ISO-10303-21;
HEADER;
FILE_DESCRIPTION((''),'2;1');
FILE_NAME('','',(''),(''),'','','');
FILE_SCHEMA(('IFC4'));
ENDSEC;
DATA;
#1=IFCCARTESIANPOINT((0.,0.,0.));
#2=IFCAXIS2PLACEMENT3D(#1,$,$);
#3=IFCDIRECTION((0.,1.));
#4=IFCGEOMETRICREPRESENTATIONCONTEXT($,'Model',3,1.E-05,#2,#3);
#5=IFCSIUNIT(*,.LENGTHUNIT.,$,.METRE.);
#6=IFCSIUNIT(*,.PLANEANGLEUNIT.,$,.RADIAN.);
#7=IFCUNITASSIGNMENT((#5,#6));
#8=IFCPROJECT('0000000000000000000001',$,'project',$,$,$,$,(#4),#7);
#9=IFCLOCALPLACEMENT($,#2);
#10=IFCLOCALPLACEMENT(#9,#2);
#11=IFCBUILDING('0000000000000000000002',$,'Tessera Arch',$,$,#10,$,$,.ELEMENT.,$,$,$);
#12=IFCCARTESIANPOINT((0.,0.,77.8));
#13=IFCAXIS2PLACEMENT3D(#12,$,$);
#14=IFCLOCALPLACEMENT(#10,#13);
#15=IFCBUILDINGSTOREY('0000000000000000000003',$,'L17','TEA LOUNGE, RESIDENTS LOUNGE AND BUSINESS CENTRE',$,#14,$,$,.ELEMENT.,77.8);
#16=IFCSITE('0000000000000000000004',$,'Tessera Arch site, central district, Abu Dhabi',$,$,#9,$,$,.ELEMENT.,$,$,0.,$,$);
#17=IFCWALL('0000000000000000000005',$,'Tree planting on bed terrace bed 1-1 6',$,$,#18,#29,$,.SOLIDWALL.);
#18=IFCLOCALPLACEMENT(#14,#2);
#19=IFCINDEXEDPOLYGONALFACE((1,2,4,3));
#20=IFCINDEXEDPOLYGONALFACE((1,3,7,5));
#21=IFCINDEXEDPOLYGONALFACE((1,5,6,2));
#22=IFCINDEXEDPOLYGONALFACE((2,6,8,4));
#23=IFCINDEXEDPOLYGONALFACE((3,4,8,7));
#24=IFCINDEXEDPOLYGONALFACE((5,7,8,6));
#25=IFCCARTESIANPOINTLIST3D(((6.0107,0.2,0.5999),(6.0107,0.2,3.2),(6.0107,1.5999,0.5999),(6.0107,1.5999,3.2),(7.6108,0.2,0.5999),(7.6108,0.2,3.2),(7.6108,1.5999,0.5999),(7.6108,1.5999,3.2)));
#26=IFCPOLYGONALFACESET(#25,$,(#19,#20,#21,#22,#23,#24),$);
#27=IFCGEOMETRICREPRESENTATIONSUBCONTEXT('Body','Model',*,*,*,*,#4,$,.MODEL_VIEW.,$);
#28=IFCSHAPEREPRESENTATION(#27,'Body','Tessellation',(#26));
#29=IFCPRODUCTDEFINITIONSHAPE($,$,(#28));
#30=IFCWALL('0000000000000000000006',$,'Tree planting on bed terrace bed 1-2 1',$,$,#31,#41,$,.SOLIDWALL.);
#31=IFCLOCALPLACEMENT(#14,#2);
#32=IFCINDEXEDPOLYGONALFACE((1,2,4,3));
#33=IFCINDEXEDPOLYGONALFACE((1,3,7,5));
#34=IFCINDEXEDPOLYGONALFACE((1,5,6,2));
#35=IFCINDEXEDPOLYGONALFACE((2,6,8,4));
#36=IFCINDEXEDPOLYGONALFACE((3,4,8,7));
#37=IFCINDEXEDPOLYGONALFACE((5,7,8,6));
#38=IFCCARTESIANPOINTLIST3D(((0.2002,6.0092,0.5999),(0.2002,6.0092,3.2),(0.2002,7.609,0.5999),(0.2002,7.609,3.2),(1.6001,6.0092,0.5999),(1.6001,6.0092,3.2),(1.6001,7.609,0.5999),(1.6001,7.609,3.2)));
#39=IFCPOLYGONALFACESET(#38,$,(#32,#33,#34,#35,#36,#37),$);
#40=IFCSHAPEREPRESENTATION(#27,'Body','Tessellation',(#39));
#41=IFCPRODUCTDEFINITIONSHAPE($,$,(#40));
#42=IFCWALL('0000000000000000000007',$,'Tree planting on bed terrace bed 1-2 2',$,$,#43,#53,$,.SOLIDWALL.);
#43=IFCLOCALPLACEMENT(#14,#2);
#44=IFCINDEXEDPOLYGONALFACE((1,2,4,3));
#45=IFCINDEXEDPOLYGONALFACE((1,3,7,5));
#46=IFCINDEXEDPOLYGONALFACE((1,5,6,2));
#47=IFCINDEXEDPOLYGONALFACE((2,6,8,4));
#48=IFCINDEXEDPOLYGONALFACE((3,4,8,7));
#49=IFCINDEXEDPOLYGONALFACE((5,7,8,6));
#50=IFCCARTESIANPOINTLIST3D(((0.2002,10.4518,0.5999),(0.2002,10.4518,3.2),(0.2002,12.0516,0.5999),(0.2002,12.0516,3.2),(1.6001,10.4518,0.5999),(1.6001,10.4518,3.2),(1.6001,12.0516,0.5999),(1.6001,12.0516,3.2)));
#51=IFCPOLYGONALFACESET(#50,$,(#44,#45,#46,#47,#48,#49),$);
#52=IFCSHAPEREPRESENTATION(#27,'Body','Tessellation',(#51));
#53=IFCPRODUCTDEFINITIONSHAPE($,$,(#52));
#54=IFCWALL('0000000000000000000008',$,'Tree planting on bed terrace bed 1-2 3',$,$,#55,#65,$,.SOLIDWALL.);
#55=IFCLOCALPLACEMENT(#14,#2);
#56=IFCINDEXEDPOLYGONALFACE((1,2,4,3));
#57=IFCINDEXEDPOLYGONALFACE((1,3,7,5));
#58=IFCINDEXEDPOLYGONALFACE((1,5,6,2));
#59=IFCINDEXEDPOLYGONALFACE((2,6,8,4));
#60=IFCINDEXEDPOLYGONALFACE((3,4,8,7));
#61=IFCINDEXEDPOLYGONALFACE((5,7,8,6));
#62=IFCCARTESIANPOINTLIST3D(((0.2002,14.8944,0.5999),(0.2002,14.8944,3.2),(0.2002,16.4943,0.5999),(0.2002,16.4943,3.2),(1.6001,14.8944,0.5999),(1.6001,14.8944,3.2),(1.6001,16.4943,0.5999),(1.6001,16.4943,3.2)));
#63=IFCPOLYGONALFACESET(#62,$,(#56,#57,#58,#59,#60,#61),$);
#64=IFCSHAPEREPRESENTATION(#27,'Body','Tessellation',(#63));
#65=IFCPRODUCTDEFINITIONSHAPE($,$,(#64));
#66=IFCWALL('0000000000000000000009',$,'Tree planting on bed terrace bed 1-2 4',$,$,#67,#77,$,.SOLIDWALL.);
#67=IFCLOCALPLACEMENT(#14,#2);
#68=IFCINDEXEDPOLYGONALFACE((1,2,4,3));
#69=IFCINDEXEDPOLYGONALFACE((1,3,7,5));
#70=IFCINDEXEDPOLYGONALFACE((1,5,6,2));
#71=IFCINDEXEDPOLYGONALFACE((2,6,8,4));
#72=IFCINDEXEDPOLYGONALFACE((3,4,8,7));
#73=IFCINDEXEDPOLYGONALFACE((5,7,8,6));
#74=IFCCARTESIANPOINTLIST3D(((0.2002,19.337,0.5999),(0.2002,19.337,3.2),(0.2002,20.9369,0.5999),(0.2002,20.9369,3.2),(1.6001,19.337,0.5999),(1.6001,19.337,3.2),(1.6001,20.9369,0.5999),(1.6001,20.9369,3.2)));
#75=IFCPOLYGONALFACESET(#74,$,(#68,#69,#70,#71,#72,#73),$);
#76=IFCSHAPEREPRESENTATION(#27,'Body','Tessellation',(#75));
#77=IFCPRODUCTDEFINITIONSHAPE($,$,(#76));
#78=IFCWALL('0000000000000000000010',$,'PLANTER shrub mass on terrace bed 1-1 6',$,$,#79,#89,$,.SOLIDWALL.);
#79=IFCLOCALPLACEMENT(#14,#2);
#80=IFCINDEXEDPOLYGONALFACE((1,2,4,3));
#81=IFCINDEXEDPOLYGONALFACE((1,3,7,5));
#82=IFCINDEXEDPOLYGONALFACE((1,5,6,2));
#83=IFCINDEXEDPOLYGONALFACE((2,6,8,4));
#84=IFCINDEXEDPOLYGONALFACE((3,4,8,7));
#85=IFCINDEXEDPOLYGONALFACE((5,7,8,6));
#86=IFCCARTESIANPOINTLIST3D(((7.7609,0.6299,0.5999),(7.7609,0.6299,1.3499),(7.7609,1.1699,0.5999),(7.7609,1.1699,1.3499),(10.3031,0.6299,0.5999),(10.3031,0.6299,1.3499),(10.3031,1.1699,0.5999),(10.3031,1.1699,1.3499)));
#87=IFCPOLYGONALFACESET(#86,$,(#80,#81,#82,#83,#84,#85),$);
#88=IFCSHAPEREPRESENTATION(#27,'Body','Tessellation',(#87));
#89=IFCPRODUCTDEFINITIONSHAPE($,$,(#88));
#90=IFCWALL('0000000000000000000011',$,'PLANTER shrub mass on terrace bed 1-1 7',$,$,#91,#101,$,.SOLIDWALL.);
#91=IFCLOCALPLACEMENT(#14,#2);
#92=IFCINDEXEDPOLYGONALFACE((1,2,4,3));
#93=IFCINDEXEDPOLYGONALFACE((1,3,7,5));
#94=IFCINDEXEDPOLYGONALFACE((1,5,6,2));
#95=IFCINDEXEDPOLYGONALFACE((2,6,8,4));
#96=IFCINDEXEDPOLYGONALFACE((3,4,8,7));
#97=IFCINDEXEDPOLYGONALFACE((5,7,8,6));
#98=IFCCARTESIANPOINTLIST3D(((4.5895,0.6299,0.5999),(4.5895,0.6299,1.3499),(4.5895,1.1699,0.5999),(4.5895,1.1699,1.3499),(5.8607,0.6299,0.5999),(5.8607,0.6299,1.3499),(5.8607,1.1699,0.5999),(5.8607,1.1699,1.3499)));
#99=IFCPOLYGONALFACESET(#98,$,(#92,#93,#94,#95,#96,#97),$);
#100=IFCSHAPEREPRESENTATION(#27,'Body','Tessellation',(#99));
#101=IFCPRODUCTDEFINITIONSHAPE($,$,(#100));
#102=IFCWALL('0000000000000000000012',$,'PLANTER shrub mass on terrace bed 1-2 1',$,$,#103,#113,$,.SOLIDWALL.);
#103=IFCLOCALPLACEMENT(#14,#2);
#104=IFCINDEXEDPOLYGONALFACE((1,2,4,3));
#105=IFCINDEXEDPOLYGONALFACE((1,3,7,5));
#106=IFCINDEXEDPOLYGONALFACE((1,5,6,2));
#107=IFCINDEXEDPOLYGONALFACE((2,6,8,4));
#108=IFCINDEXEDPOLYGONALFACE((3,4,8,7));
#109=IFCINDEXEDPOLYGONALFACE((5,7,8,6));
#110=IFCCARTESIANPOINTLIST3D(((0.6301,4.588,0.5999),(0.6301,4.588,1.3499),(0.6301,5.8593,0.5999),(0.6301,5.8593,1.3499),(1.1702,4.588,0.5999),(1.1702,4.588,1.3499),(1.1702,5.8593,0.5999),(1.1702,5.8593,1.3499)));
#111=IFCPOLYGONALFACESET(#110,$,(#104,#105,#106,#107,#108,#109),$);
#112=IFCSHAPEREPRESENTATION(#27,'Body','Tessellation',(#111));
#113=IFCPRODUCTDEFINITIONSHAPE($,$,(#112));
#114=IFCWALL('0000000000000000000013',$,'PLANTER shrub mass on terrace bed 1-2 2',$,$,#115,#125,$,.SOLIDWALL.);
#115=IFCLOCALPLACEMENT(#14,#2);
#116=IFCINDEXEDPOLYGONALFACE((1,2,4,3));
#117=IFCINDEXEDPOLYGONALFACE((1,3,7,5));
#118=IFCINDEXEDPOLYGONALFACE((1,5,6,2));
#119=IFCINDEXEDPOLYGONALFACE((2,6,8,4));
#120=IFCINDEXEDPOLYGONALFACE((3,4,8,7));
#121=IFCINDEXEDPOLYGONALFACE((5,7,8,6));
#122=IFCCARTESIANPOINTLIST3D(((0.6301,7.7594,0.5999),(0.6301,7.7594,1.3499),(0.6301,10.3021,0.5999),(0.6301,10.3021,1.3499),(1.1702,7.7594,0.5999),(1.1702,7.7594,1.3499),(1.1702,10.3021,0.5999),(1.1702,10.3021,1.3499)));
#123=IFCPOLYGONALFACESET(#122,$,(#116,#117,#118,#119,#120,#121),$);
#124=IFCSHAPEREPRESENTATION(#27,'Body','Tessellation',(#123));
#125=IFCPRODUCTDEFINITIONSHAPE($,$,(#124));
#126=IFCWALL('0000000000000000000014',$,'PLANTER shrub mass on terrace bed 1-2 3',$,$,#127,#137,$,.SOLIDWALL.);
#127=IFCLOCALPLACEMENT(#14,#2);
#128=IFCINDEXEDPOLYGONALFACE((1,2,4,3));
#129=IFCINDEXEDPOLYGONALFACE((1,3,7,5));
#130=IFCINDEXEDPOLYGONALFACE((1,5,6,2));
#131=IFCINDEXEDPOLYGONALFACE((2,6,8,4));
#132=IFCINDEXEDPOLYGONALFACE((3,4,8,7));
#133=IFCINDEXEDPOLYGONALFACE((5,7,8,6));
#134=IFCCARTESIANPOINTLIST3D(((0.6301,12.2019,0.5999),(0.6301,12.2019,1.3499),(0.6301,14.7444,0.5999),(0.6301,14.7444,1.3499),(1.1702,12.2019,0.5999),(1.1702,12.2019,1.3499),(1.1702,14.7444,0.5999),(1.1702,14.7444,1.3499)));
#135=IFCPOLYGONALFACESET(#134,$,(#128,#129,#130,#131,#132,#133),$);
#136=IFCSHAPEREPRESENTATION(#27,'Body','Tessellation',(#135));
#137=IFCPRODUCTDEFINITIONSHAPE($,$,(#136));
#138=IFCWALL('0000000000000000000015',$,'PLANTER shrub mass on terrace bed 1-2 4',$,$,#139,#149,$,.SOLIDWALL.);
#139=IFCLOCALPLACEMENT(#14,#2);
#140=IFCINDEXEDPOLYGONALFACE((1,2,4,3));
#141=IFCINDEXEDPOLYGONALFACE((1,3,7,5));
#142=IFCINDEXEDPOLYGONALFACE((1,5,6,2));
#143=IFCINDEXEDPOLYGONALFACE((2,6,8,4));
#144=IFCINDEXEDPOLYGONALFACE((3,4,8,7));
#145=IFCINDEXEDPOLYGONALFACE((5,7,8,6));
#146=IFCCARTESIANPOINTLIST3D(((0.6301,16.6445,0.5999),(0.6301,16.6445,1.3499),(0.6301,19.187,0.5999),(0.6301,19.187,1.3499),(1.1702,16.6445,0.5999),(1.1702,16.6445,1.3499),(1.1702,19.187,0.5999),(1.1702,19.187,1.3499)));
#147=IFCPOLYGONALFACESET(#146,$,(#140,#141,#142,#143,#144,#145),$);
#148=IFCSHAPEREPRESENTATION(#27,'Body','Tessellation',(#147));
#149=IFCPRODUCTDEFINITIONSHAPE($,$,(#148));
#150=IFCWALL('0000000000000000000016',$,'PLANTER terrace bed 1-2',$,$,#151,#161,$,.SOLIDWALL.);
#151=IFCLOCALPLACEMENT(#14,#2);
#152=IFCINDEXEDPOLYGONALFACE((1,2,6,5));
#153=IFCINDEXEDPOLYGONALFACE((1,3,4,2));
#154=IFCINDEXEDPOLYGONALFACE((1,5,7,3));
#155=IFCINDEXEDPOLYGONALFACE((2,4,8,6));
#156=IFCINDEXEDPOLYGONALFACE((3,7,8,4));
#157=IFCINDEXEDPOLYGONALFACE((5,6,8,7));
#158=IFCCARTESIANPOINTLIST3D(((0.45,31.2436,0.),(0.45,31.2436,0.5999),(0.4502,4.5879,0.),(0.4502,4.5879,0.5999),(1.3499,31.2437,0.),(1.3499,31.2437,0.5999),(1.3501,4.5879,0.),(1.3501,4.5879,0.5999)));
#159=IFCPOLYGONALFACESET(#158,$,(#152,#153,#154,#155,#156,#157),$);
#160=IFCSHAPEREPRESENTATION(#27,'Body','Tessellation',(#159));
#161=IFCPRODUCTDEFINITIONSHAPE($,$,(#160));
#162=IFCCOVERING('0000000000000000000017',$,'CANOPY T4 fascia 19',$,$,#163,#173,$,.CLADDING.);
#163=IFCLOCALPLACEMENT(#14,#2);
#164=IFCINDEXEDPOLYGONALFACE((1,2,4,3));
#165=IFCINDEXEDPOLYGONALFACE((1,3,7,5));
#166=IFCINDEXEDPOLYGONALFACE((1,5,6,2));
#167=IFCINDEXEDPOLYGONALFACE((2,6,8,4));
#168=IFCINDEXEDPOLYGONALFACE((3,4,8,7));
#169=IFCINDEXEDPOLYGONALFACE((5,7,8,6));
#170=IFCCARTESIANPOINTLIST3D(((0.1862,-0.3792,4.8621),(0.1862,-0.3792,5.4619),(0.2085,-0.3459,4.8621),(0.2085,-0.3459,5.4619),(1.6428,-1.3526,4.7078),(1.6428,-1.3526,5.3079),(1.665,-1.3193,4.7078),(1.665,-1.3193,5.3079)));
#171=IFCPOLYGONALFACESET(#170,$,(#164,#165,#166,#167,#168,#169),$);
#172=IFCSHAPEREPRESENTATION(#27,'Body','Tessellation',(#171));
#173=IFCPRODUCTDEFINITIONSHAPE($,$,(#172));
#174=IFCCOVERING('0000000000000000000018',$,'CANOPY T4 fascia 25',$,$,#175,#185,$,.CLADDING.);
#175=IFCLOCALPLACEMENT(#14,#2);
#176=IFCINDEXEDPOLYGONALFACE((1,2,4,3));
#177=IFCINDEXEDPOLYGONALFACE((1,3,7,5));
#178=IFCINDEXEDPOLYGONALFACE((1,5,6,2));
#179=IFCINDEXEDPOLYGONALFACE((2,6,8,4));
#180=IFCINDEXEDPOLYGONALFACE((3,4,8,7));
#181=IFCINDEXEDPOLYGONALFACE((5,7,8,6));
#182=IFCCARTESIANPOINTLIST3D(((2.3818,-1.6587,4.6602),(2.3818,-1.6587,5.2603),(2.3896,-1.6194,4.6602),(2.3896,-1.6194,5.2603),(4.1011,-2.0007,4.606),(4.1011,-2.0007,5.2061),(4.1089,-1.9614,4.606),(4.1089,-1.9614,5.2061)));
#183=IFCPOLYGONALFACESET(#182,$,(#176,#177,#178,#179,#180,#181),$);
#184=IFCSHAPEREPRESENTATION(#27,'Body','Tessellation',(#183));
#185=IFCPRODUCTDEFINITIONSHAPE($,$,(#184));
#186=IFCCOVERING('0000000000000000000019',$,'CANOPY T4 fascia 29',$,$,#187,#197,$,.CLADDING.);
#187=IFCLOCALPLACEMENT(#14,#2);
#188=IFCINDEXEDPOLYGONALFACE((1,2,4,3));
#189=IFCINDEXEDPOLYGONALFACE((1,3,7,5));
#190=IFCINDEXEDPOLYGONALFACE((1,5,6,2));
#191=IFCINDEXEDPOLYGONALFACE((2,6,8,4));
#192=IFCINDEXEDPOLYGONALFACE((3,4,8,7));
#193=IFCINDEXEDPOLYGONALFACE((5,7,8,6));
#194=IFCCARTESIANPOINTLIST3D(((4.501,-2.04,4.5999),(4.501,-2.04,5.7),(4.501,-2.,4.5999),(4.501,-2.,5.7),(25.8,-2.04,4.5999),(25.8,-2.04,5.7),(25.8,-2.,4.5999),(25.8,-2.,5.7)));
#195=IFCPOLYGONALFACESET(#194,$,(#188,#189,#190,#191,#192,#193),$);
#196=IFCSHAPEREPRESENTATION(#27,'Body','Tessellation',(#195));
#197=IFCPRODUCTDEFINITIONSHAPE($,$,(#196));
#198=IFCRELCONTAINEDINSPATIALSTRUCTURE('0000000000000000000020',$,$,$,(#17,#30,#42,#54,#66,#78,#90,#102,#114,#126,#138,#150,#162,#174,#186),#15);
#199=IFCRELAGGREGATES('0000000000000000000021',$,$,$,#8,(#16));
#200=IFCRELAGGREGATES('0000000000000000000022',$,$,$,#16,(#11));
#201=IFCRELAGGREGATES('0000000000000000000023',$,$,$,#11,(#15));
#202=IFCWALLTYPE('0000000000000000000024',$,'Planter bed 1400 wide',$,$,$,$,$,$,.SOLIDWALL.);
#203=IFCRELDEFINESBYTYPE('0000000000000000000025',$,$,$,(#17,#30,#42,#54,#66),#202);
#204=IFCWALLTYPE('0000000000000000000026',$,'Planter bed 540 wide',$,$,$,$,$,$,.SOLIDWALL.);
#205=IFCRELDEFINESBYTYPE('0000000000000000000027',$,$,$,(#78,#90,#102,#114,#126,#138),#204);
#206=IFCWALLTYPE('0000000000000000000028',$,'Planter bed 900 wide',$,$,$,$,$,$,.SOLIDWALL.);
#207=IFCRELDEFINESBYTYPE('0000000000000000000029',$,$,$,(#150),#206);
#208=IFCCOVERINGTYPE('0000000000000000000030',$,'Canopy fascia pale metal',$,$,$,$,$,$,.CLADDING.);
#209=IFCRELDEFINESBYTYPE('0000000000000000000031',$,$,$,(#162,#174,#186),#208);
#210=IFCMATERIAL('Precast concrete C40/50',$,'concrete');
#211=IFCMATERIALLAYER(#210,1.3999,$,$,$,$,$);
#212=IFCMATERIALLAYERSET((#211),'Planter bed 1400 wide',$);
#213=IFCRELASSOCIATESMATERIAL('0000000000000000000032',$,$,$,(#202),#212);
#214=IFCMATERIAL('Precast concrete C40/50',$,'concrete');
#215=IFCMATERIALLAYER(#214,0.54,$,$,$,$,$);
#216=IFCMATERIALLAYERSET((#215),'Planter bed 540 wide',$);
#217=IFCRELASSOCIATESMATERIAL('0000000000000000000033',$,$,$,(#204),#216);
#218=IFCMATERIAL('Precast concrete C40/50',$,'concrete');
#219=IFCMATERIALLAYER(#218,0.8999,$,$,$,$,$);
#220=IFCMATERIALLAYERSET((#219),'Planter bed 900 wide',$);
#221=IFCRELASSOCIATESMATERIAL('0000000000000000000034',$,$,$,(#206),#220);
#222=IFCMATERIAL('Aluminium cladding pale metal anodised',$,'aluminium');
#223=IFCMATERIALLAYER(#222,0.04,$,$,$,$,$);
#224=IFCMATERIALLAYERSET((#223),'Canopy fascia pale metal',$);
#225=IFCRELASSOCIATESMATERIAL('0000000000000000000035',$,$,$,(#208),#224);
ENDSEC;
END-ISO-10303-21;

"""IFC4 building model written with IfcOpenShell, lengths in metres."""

from ifc_helpers import new_model, si_unit, direction, frame, frame_2d, origin, place, context, subcontext, project, spatial, polyline, rectangle, outline, extrude, material, layer, layer_set, type_object, element, save


model = new_model("IFC4")

# Units and contexts
model_context = context("Model", 3, precision=1e-05, world=origin(), true_north=direction((0.0, 1.0)))
body_context = subcontext(model_context, "Body", "Model", "MODEL_VIEW")
ifc_project = project(units=[si_unit("LENGTHUNIT", "METRE"), si_unit("PLANEANGLEUNIT", "RADIAN")], contexts=[model_context])

# Site, building, storey
site_placement = place(None, origin())
site = spatial("IfcSite", under=ifc_project, at=site_placement, Name="Tessera Arch site, central district, Abu Dhabi", CompositionType="ELEMENT", RefElevation=0.0)
building_placement = place(site_placement, origin())
building = spatial("IfcBuilding", under=site, at=building_placement, Name="Tessera Arch", CompositionType="ELEMENT")
storey_placement = place(building_placement, frame((0.0, 0.0, 77.8)))
storey = spatial("IfcBuildingStorey", under=building, at=storey_placement, Name="L17", Description="TEA LOUNGE, RESIDENTS LOUNGE AND BUSINESS CENTRE", CompositionType="ELEMENT", Elevation=77.8)

# Walls
ifc_material_1 = material(Name="Precast concrete C40/50", Category="concrete")
ifc_layer_1 = layer(ifc_material_1, 1.3999)
ifc_layer_set_1 = layer_set([ifc_layer_1], Name="Planter bed 1400 wide")
wall_type_1 = type_object("IfcWallType", Name="Planter bed 1400 wide", PredefinedType="SOLIDWALL", material=ifc_layer_set_1)
wall_1_placement = place(storey_placement, frame((7.6108, 0.8999, 0.5999), z_axis=(0.0, 0.0, 1.0), x_axis=(-1.0, 0.0, 0.0)))
element("IfcWall", 1, at=wall_1_placement, inside=storey, type_object=wall_type_1, Name="Tree planting on bed terrace bed 1-1 6", PredefinedType="SOLIDWALL", context=body_context, shape_type="SweptSolid", body=[
    extrude(rectangle(XDim=1.6001, YDim=1.3999, at=frame_2d((0.8, 0.0))), origin(), (0.0, 0.0, 1.0), 2.6001),
])
for number, where, z_axis, x_axis, name in (
    (2, (0.9001, 6.0093, 0.5999), (0.0, 0.0, 1.0), (0.0, 1.0, 0.0), "Tree planting on bed terrace bed 1-2 1"),
    (3, (0.9001, 10.4519, 0.5999), (0.0, 0.0, 1.0), (0.0, 1.0, 0.0), "Tree planting on bed terrace bed 1-2 2"),
    (4, (0.9001, 14.8945, 0.5999), (0.0, 0.0, 1.0), (0.0, 1.0, 0.0), "Tree planting on bed terrace bed 1-2 3"),
    (5, (0.9001, 19.3372, 0.5999), (0.0, 0.0, 1.0), (0.0, 1.0, 0.0), "Tree planting on bed terrace bed 1-2 4"),
):
    element("IfcWall", number, at=place(storey_placement, frame(where, z_axis=z_axis, x_axis=x_axis)), inside=storey, type_object=wall_type_1, Name=name, PredefinedType="SOLIDWALL", context=body_context, shape_type="SweptSolid", body=[
        extrude(rectangle(XDim=1.5999, YDim=1.3999, at=frame_2d((0.7998, 0.0))), origin(), (0.0, 0.0, 1.0), 2.6001),
    ])
ifc_material_2 = material(Name="Precast concrete C40/50", Category="concrete")
ifc_layer_2 = layer(ifc_material_2, 0.54)
ifc_layer_set_2 = layer_set([ifc_layer_2], Name="Planter bed 540 wide")
wall_type_2 = type_object("IfcWallType", Name="Planter bed 540 wide", PredefinedType="SOLIDWALL", material=ifc_layer_set_2)
wall_2_placement = place(storey_placement, frame((10.303, 0.8999, 0.5999), z_axis=(0.0, 0.0, 1.0), x_axis=(-1.0, 0.0, 0.0)))
element("IfcWall", 6, at=wall_2_placement, inside=storey, type_object=wall_type_2, Name="PLANTER shrub mass on terrace bed 1-1 6", PredefinedType="SOLIDWALL", context=body_context, shape_type="SweptSolid", body=[
    extrude(rectangle(XDim=2.5422, YDim=0.54, at=frame_2d((1.271, 0.0))), origin(), (0.0, 0.0, 1.0), 0.75),
])
for number, where, z_axis, x_axis, name in (
    (7, (5.8608, 0.8999, 0.5999), (0.0, 0.0, 1.0), (-1.0, 0.0, 0.0), "PLANTER shrub mass on terrace bed 1-1 7"),
    (8, (0.9001, 4.5879, 0.5999), (0.0, 0.0, 1.0), (0.0, 1.0, 0.0), "PLANTER shrub mass on terrace bed 1-2 1"),
):
    element("IfcWall", number, at=place(storey_placement, frame(where, z_axis=z_axis, x_axis=x_axis)), inside=storey, type_object=wall_type_2, Name=name, PredefinedType="SOLIDWALL", context=body_context, shape_type="SweptSolid", body=[
        extrude(rectangle(XDim=1.2712, YDim=0.54, at=frame_2d((0.6357, 0.0))), origin(), (0.0, 0.0, 1.0), 0.75),
    ])
wall_3_placement = place(storey_placement, frame((0.9001, 7.7593, 0.5999), z_axis=(0.0, 0.0, 1.0), x_axis=(0.0, 1.0, 0.0)))
element("IfcWall", 9, at=wall_3_placement, inside=storey, type_object=wall_type_2, Name="PLANTER shrub mass on terrace bed 1-2 2", PredefinedType="SOLIDWALL", context=body_context, shape_type="SweptSolid", body=[
    extrude(rectangle(XDim=2.5427, YDim=0.54, at=frame_2d((1.2715, 0.0))), origin(), (0.0, 0.0, 1.0), 0.75),
])
for number, where, z_axis, x_axis, name in (
    (10, (0.9001, 12.2019, 0.5999), (0.0, 0.0, 1.0), (0.0, 1.0, 0.0), "PLANTER shrub mass on terrace bed 1-2 3"),
    (11, (0.9001, 16.6445, 0.5999), (0.0, 0.0, 1.0), (0.0, 1.0, 0.0), "PLANTER shrub mass on terrace bed 1-2 4"),
):
    element("IfcWall", number, at=place(storey_placement, frame(where, z_axis=z_axis, x_axis=x_axis)), inside=storey, type_object=wall_type_2, Name=name, PredefinedType="SOLIDWALL", context=body_context, shape_type="SweptSolid", body=[
        extrude(rectangle(XDim=2.5425, YDim=0.54, at=frame_2d((1.2712, 0.0))), origin(), (0.0, 0.0, 1.0), 0.75),
    ])
ifc_material_3 = material(Name="Precast concrete C40/50", Category="concrete")
ifc_layer_3 = layer(ifc_material_3, 0.8999)
ifc_layer_set_3 = layer_set([ifc_layer_3], Name="Planter bed 900 wide")
wall_type_3 = type_object("IfcWallType", Name="Planter bed 900 wide", PredefinedType="SOLIDWALL", material=ifc_layer_set_3)
wall_4_placement = place(storey_placement, frame((0.9001, 4.5879, 0.0), z_axis=(0.0, 0.0, 1.0), x_axis=(-0.000009, 1.0, 0.0)))
element("IfcWall", 12, at=wall_4_placement, inside=storey, type_object=wall_type_3, Name="PLANTER terrace bed 1-2", PredefinedType="SOLIDWALL", context=body_context, shape_type="SweptSolid", body=[
    extrude(rectangle(XDim=26.6558, YDim=0.8999, at=frame_2d((13.3279, 0.0))), origin(), (0.0, 0.0, 1.0), 0.5999),
])

# Coverings
ifc_material_4 = material(Name="Aluminium cladding pale metal anodised", Category="aluminium")
ifc_layer_4 = layer(ifc_material_4, 0.04)
ifc_layer_set_4 = layer_set([ifc_layer_4], Name="Canopy fascia pale metal")
covering_type_1 = type_object("IfcCoveringType", Name="Canopy fascia pale metal", PredefinedType="CLADDING", material=ifc_layer_set_4)
covering_1_placement = place(storey_placement, frame((0.2085, -0.3459, 5.4619), z_axis=(0.555632, 0.831428, 0.0), x_axis=(0.828232, -0.553497, -0.087599)))
element("IfcCovering", 13, at=covering_1_placement, inside=storey, type_object=covering_type_1, Name="CANOPY T4 fascia 19", PredefinedType="CLADDING", context=body_context, shape_type="SweptSolid", body=[
    extrude(outline(polyline([(0.0, 0.0), (1.7586, 0.0), (1.8112, 0.5978), (0.0525, 0.5975), (0.0, 0.0)])), origin(), (0.0, 0.0, -1.0), 0.04),
])
covering_2_placement = place(storey_placement, frame((2.3896, -1.6194, 5.2603), z_axis=(0.195125, 0.980778, 0.0), x_axis=(0.98031, -0.195032, -0.030904)))
element("IfcCovering", 14, at=covering_2_placement, inside=storey, type_object=covering_type_1, Name="CANOPY T4 fascia 25", PredefinedType="CLADDING", context=body_context, shape_type="SweptSolid", body=[
    extrude(outline(polyline([(0.0, 0.0), (1.7538, 0.0), (1.7723, 0.5998), (0.0185, 0.5998), (0.0, 0.0)])), origin(), (0.0, 0.0, -1.0), 0.04),
])
covering_3_placement = place(storey_placement, frame((4.501, -2.0, 5.7), z_axis=(0.0, 1.0, 0.0), x_axis=(1.0, 0.0, 0.0)))
element("IfcCovering", 15, at=covering_3_placement, inside=storey, type_object=covering_type_1, Name="CANOPY T4 fascia 29", PredefinedType="CLADDING", context=body_context, shape_type="SweptSolid", body=[
    extrude(outline(polyline([(0.0, 0.0), (21.2991, 0.0), (21.2991, 1.1001), (0.0, 1.1001), (0.0, 0.0)])), origin(), (0.0, 0.0, -1.0), 0.04),
])

save(model, "model.ifc")
